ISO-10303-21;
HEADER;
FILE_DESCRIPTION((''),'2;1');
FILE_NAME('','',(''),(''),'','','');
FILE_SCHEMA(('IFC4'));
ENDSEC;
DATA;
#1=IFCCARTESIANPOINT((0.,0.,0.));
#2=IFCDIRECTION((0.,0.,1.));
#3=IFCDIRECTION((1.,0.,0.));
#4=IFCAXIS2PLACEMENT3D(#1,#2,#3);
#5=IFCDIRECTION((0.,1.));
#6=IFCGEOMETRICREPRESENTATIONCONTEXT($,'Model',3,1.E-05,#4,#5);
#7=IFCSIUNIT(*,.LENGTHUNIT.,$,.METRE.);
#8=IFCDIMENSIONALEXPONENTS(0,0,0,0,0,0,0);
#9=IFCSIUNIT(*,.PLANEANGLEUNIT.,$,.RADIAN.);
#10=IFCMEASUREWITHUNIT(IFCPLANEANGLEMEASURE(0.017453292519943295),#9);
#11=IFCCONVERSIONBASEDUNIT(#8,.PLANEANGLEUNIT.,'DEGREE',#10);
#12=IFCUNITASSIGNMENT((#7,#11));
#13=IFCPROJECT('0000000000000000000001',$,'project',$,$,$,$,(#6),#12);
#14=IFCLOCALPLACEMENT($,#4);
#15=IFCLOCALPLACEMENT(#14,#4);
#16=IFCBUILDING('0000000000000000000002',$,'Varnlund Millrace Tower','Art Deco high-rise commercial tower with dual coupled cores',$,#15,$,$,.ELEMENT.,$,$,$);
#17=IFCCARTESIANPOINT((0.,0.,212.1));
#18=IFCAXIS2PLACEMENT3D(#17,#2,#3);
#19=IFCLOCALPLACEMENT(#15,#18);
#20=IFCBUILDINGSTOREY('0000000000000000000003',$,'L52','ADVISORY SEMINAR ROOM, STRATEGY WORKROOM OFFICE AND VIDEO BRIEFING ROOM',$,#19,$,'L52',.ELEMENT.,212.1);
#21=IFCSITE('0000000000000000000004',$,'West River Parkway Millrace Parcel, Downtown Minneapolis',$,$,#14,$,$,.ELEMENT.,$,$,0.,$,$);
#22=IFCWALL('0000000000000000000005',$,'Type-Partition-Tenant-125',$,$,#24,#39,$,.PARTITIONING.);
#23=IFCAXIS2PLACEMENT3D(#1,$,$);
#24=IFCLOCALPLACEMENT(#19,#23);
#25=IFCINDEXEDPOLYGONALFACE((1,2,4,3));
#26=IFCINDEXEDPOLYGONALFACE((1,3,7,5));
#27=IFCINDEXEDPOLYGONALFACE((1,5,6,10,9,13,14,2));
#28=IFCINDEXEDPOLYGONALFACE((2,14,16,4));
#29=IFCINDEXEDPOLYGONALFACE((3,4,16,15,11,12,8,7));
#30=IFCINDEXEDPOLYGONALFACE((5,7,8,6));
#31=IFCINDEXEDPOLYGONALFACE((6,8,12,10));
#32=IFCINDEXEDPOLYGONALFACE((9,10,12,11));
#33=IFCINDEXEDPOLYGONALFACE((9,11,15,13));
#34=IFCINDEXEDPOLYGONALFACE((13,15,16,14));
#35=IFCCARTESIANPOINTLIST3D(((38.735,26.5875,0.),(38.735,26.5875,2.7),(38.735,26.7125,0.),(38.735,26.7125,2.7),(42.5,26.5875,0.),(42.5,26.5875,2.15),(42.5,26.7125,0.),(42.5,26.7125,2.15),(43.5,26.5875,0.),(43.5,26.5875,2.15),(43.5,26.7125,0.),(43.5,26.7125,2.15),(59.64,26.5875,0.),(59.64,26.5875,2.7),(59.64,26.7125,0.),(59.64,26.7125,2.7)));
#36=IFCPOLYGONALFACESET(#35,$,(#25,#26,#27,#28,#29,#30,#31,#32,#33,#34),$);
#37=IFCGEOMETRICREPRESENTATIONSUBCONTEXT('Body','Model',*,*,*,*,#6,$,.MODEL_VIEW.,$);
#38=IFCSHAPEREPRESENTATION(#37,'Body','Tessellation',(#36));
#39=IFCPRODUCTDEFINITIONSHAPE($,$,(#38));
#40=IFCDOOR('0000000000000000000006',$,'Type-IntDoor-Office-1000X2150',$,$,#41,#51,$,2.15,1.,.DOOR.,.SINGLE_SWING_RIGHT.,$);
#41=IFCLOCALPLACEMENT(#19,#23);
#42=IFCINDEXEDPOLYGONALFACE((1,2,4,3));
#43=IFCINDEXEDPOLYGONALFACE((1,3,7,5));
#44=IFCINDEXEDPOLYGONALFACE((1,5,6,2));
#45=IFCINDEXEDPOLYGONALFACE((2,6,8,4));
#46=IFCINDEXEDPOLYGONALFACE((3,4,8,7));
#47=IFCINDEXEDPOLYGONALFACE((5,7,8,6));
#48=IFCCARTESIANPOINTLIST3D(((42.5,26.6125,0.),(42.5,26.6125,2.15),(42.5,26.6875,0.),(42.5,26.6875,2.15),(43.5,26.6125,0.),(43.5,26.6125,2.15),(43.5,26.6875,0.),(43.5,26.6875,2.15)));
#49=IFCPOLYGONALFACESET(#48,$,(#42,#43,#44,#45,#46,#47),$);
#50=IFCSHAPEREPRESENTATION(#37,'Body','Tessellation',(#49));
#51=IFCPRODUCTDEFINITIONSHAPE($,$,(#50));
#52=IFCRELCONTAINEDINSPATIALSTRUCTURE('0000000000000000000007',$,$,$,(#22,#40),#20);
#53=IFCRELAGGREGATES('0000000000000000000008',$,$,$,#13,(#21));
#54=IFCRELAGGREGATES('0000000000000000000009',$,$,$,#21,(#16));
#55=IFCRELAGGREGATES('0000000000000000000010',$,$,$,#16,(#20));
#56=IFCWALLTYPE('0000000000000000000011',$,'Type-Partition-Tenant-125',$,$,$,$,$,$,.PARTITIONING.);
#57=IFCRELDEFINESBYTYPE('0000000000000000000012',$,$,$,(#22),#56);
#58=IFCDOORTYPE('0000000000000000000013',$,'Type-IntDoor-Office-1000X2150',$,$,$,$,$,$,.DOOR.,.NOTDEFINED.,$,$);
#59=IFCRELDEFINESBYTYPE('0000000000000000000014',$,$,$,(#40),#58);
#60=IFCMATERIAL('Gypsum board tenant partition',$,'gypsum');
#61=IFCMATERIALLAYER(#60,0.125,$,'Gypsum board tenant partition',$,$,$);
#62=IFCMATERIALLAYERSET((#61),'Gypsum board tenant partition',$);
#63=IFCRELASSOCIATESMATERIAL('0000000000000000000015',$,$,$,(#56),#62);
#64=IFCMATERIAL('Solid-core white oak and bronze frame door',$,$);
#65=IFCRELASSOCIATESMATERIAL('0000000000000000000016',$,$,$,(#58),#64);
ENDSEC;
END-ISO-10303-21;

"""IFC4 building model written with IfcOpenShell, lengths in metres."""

from ifc_helpers import new_model, entity, si_unit, converted_unit, direction, frame, origin_with_axes, origin_2d_with_axis, place, context, subcontext, project, spatial, polyline, rectangle, outline, extrude, material, layer, layer_set, type_object, element, fill, save


model = new_model("IFC4")

# Units and contexts
model_context = context("Model", 3, precision=1e-05, world=origin_with_axes(), true_north=direction((0.0, 1.0)))
body_context = subcontext(model_context, "Body", "Model", "MODEL_VIEW")
ifc_project = project(units=[si_unit("LENGTHUNIT", "METRE"), converted_unit("PLANEANGLEUNIT", "DEGREE", entity("IfcPlaneAngleMeasure", 0.017453292519943295), si_unit("PLANEANGLEUNIT", "RADIAN"), dimensions=[0, 0, 0, 0, 0, 0, 0])], contexts=[model_context])

# Site, building, storey
site_placement = place(None, origin_with_axes())
site = spatial("IfcSite", under=ifc_project, at=site_placement, Name="West River Parkway Millrace Parcel, Downtown Minneapolis", CompositionType="ELEMENT", RefElevation=0.0)
building_placement = place(site_placement, origin_with_axes())
building = spatial("IfcBuilding", under=site, at=building_placement, Name="Varnlund Millrace Tower", Description="Art Deco high-rise commercial tower with dual coupled cores", CompositionType="ELEMENT")
storey_placement = place(building_placement, frame((0.0, 0.0, 212.1), z_axis=(0.0, 0.0, 1.0), x_axis=(1.0, 0.0, 0.0)))
storey = spatial("IfcBuildingStorey", under=building, at=storey_placement, Name="L52", Description="ADVISORY SEMINAR ROOM, STRATEGY WORKROOM OFFICE AND VIDEO BRIEFING ROOM", LongName="L52", CompositionType="ELEMENT", Elevation=212.1)

# Shared definitions
ifc_material_1 = material(Name="Gypsum board tenant partition", Category="gypsum")
ifc_layer_1 = layer(ifc_material_1, 0.125, Name="Gypsum board tenant partition")
ifc_layer_set_1 = layer_set([ifc_layer_1], Name="Gypsum board tenant partition")
wall_type_1 = type_object("IfcWallType", Name="Type-Partition-Tenant-125", PredefinedType="PARTITIONING", material=ifc_layer_set_1)

# Wall, opening, door
wall_1_placement = place(storey_placement, frame((38.735, 26.65, 0.0), z_axis=(0.0, 0.0, 1.0), x_axis=(1.0, 0.0, 0.0)))
wall_1 = element("IfcWall", 1, at=wall_1_placement, inside=storey, type_object=wall_type_1, Name="Type-Partition-Tenant-125", PredefinedType="PARTITIONING", context=body_context, shape_type="SweptSolid", body=[
    extrude(outline(polyline([(0.0, -0.0625), (20.905, -0.0625), (20.905, 0.0625), (0.0, 0.0625), (0.0, -0.0625)])), origin_with_axes(), (0.0, 0.0, 1.0), 2.7),
])
opening_1_placement = place(wall_1_placement, frame((4.265, 0.0, 0.0), z_axis=(0.0, 0.0, 1.0), x_axis=(1.0, 0.0, 0.0)))
opening_1 = element("IfcOpeningElement", 2, at=opening_1_placement, cuts=wall_1, PredefinedType="OPENING", context=body_context, shape_type="SweptSolid", body=[
    extrude(rectangle(XDim=1.0, YDim=0.145, at=origin_2d_with_axis()), origin_with_axes(), (0.0, 0.0, 1.0), 2.15),
])
ifc_material_2 = material(Name="Solid-core white oak and bronze frame door")
door_type = type_object("IfcDoorType", Name="Type-IntDoor-Office-1000X2150", OperationType="NOTDEFINED", PredefinedType="DOOR", material=ifc_material_2)
door_placement = place(wall_1_placement, frame((4.265, 0.0, 0.0), z_axis=(0.0, 0.0, 1.0), x_axis=(1.0, 0.0, 0.0)))
door = element("IfcDoor", 3, at=door_placement, inside=storey, type_object=door_type, Name="Type-IntDoor-Office-1000X2150", OperationType="SINGLE_SWING_RIGHT", OverallHeight=2.15, OverallWidth=1.0, PredefinedType="DOOR", context=body_context, shape_type="SweptSolid", body=[
    extrude(rectangle(XDim=1.0, YDim=0.075, at=origin_2d_with_axis()), origin_with_axes(), (0.0, 0.0, 1.0), 2.15),
])
fill(opening_1, door)

save(model, "model.ifc")
